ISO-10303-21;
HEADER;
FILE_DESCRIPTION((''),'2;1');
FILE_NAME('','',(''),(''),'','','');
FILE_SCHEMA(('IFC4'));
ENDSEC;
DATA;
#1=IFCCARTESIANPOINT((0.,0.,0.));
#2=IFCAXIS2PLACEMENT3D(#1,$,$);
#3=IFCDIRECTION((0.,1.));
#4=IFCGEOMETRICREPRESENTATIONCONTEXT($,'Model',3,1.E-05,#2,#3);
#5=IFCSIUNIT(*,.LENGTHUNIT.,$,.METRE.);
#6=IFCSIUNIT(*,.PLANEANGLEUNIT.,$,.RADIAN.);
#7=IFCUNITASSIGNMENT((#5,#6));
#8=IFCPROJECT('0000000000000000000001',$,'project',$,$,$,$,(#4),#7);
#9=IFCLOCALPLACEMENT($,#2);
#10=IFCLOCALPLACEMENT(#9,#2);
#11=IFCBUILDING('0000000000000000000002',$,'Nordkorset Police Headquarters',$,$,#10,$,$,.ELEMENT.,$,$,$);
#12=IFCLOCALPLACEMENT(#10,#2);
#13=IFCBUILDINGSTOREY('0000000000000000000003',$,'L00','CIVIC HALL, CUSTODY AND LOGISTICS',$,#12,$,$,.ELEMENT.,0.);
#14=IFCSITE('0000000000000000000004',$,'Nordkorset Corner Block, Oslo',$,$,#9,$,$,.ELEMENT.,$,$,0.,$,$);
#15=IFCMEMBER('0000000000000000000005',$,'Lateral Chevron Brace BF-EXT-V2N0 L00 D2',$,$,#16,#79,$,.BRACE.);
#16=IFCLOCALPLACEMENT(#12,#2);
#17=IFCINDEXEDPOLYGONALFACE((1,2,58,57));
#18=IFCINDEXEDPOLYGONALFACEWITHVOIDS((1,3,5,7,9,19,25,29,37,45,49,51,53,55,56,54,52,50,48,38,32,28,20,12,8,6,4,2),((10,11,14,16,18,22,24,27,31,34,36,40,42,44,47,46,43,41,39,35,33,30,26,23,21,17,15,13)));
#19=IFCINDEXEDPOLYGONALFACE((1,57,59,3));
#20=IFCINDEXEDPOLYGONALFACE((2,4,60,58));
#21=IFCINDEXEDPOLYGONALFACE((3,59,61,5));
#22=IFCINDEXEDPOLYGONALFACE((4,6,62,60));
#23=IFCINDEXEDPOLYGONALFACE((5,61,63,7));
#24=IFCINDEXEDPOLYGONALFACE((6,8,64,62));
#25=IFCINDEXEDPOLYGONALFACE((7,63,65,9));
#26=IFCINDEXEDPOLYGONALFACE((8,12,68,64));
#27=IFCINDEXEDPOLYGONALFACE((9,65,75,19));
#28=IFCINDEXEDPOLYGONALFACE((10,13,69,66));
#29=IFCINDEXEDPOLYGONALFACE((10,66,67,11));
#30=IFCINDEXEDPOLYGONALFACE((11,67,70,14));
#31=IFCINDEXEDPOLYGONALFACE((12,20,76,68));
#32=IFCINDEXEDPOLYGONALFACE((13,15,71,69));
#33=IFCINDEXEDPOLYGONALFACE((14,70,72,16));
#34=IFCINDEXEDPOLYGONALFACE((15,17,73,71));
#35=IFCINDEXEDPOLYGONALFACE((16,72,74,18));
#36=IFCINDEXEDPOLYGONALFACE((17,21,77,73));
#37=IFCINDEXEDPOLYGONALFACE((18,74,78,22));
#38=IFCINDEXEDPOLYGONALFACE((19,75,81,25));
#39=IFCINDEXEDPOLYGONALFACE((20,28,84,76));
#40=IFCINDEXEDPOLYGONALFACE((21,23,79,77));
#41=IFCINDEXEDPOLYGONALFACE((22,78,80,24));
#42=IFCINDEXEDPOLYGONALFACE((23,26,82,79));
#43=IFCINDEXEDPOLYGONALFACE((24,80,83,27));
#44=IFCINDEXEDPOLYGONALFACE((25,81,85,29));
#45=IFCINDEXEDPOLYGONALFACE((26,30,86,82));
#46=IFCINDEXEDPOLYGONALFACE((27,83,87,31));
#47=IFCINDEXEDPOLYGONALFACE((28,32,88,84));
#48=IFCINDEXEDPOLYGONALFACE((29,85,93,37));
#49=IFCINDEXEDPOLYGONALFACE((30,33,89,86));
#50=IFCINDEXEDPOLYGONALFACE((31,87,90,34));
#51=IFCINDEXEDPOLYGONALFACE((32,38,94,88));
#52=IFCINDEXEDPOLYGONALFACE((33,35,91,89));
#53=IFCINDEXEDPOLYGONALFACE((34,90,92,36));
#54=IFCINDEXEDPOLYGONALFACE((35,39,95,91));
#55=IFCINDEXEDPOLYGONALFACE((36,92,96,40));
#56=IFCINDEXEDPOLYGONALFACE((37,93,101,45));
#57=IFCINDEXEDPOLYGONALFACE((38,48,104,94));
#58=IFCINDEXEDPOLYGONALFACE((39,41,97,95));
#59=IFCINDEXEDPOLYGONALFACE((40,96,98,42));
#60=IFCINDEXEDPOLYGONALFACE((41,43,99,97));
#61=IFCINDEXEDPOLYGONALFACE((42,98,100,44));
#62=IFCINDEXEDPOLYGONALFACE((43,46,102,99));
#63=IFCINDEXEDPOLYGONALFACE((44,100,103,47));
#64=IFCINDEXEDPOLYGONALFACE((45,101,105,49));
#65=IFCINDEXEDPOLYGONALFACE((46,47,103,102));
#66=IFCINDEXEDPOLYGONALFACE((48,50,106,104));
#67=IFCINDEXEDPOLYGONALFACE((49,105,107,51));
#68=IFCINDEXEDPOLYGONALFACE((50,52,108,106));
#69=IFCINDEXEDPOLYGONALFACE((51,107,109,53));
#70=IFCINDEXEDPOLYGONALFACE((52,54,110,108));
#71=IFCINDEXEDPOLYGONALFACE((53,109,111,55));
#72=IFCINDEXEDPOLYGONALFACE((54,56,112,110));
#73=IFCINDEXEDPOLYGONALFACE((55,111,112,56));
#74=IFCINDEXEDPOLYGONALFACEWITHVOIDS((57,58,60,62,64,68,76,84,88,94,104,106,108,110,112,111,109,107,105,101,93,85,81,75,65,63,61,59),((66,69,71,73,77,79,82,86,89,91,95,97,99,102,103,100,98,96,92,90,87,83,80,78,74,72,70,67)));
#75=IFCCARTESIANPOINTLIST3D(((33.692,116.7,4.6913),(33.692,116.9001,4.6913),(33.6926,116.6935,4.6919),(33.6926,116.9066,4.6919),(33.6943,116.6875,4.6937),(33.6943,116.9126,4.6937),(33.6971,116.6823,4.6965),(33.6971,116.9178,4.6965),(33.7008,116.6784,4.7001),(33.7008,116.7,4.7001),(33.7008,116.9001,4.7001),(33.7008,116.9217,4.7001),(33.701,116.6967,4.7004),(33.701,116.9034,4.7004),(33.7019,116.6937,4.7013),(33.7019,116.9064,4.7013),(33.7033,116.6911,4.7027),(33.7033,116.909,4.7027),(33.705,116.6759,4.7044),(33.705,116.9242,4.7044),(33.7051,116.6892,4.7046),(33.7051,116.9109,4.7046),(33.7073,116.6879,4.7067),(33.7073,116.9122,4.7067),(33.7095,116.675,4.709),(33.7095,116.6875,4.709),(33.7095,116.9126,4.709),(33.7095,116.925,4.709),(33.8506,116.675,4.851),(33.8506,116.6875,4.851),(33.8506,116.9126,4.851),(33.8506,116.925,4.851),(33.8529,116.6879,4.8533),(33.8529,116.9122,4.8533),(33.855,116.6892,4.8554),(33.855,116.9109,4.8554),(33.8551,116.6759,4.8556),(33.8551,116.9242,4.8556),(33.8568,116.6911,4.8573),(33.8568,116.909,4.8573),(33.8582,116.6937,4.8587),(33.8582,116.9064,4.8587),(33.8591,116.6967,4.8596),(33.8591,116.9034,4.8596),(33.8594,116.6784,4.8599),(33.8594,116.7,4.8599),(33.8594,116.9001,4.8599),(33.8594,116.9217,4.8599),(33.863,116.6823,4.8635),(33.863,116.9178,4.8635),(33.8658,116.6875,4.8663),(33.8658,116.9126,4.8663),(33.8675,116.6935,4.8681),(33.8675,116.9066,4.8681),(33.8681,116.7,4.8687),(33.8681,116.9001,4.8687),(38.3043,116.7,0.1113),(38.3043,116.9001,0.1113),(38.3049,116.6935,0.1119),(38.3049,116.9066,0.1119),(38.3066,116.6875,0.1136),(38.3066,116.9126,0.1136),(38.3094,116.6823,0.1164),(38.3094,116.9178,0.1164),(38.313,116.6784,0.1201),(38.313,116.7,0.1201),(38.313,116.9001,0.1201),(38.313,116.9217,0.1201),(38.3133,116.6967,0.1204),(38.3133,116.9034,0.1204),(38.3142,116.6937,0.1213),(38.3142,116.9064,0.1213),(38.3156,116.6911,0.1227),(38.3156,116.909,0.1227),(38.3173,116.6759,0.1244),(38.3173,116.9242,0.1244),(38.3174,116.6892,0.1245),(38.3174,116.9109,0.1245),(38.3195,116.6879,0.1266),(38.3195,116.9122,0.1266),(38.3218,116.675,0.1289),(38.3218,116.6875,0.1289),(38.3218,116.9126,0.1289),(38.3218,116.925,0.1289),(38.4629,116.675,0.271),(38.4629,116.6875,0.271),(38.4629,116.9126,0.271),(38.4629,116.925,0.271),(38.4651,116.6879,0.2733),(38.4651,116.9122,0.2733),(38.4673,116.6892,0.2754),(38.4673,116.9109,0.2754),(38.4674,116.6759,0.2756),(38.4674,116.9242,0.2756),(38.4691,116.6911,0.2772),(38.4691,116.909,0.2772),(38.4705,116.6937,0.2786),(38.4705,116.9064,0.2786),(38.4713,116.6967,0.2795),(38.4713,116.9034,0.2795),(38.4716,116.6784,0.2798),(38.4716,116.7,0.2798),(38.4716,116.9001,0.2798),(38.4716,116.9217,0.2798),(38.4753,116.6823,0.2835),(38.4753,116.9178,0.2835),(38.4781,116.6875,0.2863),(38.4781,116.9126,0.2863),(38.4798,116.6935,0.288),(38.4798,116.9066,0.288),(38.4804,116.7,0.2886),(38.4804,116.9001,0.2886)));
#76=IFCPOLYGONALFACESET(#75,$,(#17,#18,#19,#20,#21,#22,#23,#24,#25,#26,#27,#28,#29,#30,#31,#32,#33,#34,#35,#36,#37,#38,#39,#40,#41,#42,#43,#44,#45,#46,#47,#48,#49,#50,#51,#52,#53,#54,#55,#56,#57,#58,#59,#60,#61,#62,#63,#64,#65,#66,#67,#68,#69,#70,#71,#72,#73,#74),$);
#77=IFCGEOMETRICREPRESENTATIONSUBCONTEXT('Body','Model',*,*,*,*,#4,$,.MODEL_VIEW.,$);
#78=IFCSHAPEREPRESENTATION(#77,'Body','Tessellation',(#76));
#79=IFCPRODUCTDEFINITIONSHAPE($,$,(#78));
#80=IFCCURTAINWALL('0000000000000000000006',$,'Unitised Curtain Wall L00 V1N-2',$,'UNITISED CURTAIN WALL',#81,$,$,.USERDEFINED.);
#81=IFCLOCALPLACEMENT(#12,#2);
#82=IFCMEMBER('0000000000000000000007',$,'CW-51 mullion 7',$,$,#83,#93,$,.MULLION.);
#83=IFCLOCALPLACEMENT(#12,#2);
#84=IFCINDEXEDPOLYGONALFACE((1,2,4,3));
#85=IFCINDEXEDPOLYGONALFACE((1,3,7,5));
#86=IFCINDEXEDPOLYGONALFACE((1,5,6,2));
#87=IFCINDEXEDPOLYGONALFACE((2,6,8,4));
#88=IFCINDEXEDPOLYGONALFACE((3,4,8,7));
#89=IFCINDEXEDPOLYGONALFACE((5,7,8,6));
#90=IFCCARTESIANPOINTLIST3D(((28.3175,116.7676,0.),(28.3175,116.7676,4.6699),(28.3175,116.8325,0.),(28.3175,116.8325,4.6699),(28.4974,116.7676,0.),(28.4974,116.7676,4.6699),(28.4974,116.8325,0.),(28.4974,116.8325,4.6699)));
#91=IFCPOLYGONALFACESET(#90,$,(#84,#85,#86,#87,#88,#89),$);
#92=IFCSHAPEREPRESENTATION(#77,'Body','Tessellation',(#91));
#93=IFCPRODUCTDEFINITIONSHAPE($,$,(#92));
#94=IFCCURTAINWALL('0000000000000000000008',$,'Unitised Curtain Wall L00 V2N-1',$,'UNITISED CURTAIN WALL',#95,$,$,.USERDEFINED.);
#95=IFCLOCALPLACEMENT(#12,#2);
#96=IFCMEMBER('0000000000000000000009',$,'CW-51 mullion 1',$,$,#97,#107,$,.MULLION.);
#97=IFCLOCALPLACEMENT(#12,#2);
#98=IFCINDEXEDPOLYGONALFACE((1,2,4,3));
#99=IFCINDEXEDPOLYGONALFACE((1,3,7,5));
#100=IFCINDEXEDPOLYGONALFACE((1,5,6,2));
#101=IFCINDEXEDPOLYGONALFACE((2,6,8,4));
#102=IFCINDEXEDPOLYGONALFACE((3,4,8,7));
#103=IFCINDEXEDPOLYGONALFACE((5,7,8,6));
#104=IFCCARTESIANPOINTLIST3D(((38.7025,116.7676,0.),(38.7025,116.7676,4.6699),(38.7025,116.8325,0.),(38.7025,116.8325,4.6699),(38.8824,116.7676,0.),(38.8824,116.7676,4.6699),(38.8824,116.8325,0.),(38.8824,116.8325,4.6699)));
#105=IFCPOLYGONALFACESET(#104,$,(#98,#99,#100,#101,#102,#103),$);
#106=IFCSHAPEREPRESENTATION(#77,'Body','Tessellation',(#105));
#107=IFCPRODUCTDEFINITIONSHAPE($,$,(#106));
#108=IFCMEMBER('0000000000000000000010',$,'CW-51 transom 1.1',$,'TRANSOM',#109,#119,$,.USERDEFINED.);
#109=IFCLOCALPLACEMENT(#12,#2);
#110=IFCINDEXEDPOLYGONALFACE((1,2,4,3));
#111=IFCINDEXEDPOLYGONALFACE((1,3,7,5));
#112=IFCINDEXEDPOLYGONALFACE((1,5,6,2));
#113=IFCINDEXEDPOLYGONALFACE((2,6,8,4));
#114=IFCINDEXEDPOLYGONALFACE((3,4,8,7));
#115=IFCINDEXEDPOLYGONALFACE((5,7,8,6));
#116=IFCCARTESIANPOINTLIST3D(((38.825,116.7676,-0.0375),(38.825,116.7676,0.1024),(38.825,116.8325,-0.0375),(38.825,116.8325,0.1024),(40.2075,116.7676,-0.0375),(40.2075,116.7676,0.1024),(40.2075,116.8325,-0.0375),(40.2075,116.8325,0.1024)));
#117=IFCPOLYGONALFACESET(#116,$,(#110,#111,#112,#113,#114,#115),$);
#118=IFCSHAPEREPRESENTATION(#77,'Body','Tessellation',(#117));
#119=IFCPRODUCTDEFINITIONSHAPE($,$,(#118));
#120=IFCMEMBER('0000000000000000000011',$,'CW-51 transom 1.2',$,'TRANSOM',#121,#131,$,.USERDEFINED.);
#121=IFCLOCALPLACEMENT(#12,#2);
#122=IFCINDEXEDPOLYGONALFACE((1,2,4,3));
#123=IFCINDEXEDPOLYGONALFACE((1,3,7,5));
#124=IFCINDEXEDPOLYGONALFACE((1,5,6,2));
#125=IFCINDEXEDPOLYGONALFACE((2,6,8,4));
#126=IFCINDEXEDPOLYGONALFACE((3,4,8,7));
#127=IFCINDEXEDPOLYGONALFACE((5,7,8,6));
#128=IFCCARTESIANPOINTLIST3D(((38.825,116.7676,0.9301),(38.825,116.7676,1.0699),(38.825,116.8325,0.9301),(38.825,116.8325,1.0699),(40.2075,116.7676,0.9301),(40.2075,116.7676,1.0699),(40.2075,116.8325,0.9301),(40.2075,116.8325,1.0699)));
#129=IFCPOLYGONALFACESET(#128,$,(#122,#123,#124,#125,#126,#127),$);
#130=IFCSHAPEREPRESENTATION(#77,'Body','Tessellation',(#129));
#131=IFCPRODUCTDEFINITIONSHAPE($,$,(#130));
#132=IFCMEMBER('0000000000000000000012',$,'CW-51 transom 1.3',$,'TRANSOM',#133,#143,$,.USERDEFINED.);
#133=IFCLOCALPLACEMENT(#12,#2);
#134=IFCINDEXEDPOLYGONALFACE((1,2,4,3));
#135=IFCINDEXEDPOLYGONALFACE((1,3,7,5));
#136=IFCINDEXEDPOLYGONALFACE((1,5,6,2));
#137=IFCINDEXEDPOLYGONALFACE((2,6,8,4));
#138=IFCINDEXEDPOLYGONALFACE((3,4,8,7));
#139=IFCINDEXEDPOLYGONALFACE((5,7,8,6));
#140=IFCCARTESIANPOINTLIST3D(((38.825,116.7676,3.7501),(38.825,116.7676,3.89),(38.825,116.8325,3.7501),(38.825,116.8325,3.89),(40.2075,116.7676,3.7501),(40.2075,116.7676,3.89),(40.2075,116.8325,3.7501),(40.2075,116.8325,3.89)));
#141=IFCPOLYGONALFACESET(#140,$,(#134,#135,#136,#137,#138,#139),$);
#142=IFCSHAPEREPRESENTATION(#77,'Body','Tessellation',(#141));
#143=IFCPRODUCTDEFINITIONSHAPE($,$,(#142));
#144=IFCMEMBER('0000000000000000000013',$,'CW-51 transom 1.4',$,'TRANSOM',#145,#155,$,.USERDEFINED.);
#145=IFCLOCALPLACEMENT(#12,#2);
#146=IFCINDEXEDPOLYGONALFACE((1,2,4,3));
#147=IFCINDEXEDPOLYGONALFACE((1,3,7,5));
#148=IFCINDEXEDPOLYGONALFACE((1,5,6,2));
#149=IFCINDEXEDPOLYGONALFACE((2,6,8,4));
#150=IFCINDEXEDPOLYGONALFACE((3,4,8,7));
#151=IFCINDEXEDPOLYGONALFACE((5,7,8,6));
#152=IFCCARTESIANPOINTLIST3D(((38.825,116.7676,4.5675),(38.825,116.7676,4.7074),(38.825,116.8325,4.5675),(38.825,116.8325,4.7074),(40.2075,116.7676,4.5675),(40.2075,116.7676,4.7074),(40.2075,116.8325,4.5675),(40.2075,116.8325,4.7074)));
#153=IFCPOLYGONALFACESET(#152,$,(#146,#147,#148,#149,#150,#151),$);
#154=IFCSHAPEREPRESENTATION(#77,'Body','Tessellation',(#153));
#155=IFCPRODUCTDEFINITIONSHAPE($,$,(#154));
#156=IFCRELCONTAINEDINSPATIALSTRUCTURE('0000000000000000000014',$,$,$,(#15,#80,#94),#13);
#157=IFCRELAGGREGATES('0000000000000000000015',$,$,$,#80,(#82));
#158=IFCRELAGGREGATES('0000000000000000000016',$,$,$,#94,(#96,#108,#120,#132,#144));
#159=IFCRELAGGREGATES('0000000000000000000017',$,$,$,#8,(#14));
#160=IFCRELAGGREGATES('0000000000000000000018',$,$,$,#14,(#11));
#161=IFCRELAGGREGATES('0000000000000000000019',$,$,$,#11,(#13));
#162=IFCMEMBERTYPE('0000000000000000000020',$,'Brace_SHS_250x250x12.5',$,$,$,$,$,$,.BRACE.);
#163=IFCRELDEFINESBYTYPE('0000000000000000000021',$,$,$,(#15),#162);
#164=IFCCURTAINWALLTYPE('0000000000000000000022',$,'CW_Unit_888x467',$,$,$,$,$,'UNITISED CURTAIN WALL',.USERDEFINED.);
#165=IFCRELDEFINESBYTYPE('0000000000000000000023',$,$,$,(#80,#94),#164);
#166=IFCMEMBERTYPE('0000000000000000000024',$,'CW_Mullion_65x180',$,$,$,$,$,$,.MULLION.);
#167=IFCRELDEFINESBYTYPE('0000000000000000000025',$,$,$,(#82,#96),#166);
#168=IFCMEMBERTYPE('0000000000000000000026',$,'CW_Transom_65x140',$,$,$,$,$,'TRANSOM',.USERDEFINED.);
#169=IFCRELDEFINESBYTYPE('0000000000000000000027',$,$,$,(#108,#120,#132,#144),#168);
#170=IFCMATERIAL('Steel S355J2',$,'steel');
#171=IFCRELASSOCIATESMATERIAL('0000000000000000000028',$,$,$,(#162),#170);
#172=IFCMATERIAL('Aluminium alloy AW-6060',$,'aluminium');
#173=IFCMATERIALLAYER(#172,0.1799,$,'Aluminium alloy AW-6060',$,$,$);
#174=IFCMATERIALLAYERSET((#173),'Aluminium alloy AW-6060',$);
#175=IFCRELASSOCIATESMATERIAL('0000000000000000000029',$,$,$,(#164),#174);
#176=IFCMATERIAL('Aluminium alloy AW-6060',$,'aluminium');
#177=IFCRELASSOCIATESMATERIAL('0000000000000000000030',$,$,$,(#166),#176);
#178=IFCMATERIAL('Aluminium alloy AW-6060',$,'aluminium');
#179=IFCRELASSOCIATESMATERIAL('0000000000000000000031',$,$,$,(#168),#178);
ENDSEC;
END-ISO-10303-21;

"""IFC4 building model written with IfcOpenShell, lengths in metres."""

from ifc_helpers import new_model, si_unit, direction, frame, origin, origin_2d, place, context, subcontext, project, spatial, rectangle, hollow_rectangle, extrude, material, layer, layer_set, material_profile, profile_set, type_object, element, aggregate, save


model = new_model("IFC4")

# Units and contexts
model_context = context("Model", 3, precision=1e-05, world=origin(), true_north=direction((0.0, 1.0)))
body_context = subcontext(model_context, "Body", "Model", "MODEL_VIEW")
ifc_project = project(units=[si_unit("LENGTHUNIT", "METRE"), si_unit("PLANEANGLEUNIT", "RADIAN")], contexts=[model_context])

# Site, building, storey
site_placement = place(None, origin())
site = spatial("IfcSite", under=ifc_project, at=site_placement, Name="Nordkorset Corner Block, Oslo", CompositionType="ELEMENT", RefElevation=0.0)
building_placement = place(site_placement, origin())
building = spatial("IfcBuilding", under=site, at=building_placement, Name="Nordkorset Police Headquarters", CompositionType="ELEMENT")
storey_placement = place(building_placement, origin())
storey = spatial("IfcBuildingStorey", under=building, at=storey_placement, Name="L00", Description="CIVIC HALL, CUSTODY AND LOGISTICS", CompositionType="ELEMENT", Elevation=0.0)

# Member
ifc_material_1 = material(Name="Steel S355J2", Category="steel")
ifc_material_profile_1 = material_profile(ifc_material_1, hollow_rectangle(XDim=0.25, YDim=0.25, WallThickness=0.0125, InnerFilletRadius=0.0125, OuterFilletRadius=0.0249, at=origin_2d()), Name="SHS 250x250x12.5")
ifc_profile_set_1 = profile_set([ifc_material_profile_1], Name="Steel S355J2")
member_type_1 = type_object("IfcMemberType", Name="Brace_SHS_250x250x12.5", PredefinedType="BRACE", material=ifc_profile_set_1)
member_1_placement = place(storey_placement, frame((38.3923, 116.8, 0.2), z_axis=(-0.709581, 0.0, 0.704623), x_axis=(0.0, -1.0, 0.0)))
element("IfcMember", 1, at=member_1_placement, inside=storey, type_object=member_type_1, Name="Lateral Chevron Brace BF-EXT-V2N0 L00 D2", PredefinedType="BRACE", context=body_context, shape_type="SweptSolid", body=[
    extrude(hollow_rectangle(XDim=0.25, YDim=0.25, WallThickness=0.0125, InnerFilletRadius=0.0125, OuterFilletRadius=0.0249, at=origin_2d()), origin(), (0.0, 0.0, 1.0), 6.5),
])

# Curtain wall, member
ifc_material_2 = material(Name="Aluminium alloy AW-6060", Category="aluminium")
ifc_layer_1 = layer(ifc_material_2, 0.1799, Name="Aluminium alloy AW-6060")
ifc_layer_set_1 = layer_set([ifc_layer_1], Name="Aluminium alloy AW-6060")
curtain_wall_type = type_object("IfcCurtainWallType", Name="CW_Unit_888x467", ElementType="UNITISED CURTAIN WALL", PredefinedType="USERDEFINED", material=ifc_layer_set_1)
curtain_wall_1_placement = place(storey_placement, origin())
curtain_wall_1 = element("IfcCurtainWall", 2, at=curtain_wall_1_placement, inside=storey, type_object=curtain_wall_type, Name="Unitised Curtain Wall L00 V1N-2", ObjectType="UNITISED CURTAIN WALL", PredefinedType="USERDEFINED")
ifc_material_3 = material(Name="Aluminium alloy AW-6060", Category="aluminium")
ifc_material_profile_2 = material_profile(ifc_material_3, rectangle(XDim=0.0649, YDim=0.1799, at=origin_2d()), Name="ALU MULL 65x180")
ifc_profile_set_2 = profile_set([ifc_material_profile_2], Name="Aluminium alloy AW-6060")
member_type_2 = type_object("IfcMemberType", Name="CW_Mullion_65x180", PredefinedType="MULLION", material=ifc_profile_set_2)
member_2_placement = place(storey_placement, frame((28.4075, 116.8, 0.0), z_axis=(0.0, 0.0, 1.0), x_axis=(0.0, 1.0, 0.0)))
member_2 = element("IfcMember", 3, at=member_2_placement, type_object=member_type_2, Name="CW-51 mullion 7", PredefinedType="MULLION", context=body_context, shape_type="SweptSolid", body=[
    extrude(rectangle(XDim=0.0649, YDim=0.1799, at=origin_2d()), origin(), (0.0, 0.0, 1.0), 4.6699),
])
aggregate(curtain_wall_1, [member_2])

# Curtain wall, members
curtain_wall_2_placement = place(storey_placement, origin())
curtain_wall_2 = element("IfcCurtainWall", 4, at=curtain_wall_2_placement, inside=storey, type_object=curtain_wall_type, Name="Unitised Curtain Wall L00 V2N-1", ObjectType="UNITISED CURTAIN WALL", PredefinedType="USERDEFINED")
member_3_placement = place(storey_placement, frame((38.7925, 116.8, 0.0), z_axis=(0.0, 0.0, 1.0), x_axis=(0.0, 1.0, 0.0)))
member_3 = element("IfcMember", 5, at=member_3_placement, type_object=member_type_2, Name="CW-51 mullion 1", PredefinedType="MULLION", context=body_context, shape_type="SweptSolid", body=[
    extrude(rectangle(XDim=0.0649, YDim=0.1799, at=origin_2d()), origin(), (0.0, 0.0, 1.0), 4.6699),
])
ifc_material_4 = material(Name="Aluminium alloy AW-6060", Category="aluminium")
ifc_material_profile_3 = material_profile(ifc_material_4, rectangle(XDim=0.0649, YDim=0.1399, at=origin_2d()), Name="ALU TRAN 65x140")
ifc_profile_set_3 = profile_set([ifc_material_profile_3], Name="Aluminium alloy AW-6060")
member_type_3 = type_object("IfcMemberType", Name="CW_Transom_65x140", ElementType="TRANSOM", PredefinedType="USERDEFINED", material=ifc_profile_set_3)
member_4_placement = place(storey_placement, frame((38.825, 116.8, 0.0325), z_axis=(1.0, 0.0, 0.0), x_axis=(0.0, 1.0, 0.0)))
member_4 = element("IfcMember", 6, at=member_4_placement, type_object=member_type_3, Name="CW-51 transom 1.1", ObjectType="TRANSOM", PredefinedType="USERDEFINED", context=body_context, shape_type="SweptSolid", body=[
    extrude(rectangle(XDim=0.0649, YDim=0.1399, at=origin_2d()), origin(), (0.0, 0.0, 1.0), 1.3826),
])
member_5_placement = place(storey_placement, frame((38.825, 116.8, 1.0), z_axis=(1.0, 0.0, 0.0), x_axis=(0.0, 1.0, 0.0)))
member_5 = element("IfcMember", 7, at=member_5_placement, type_object=member_type_3, Name="CW-51 transom 1.2", ObjectType="TRANSOM", PredefinedType="USERDEFINED", context=body_context, shape_type="SweptSolid", body=[
    extrude(rectangle(XDim=0.0649, YDim=0.1399, at=origin_2d()), origin(), (0.0, 0.0, 1.0), 1.3826),
])
member_6_placement = place(storey_placement, frame((38.825, 116.8, 3.8201), z_axis=(1.0, 0.0, 0.0), x_axis=(0.0, 1.0, 0.0)))
member_6 = element("IfcMember", 8, at=member_6_placement, type_object=member_type_3, Name="CW-51 transom 1.3", ObjectType="TRANSOM", PredefinedType="USERDEFINED", context=body_context, shape_type="SweptSolid", body=[
    extrude(rectangle(XDim=0.0649, YDim=0.1399, at=origin_2d()), origin(), (0.0, 0.0, 1.0), 1.3826),
])
member_7_placement = place(storey_placement, frame((38.825, 116.8, 4.6375), z_axis=(1.0, 0.0, 0.0), x_axis=(0.0, 1.0, 0.0)))
member_7 = element("IfcMember", 9, at=member_7_placement, type_object=member_type_3, Name="CW-51 transom 1.4", ObjectType="TRANSOM", PredefinedType="USERDEFINED", context=body_context, shape_type="SweptSolid", body=[
    extrude(rectangle(XDim=0.0649, YDim=0.1399, at=origin_2d()), origin(), (0.0, 0.0, 1.0), 1.3826),
])

aggregate(curtain_wall_2, [member_3, member_4, member_5, member_6, member_7])

save(model, "model.ifc")
